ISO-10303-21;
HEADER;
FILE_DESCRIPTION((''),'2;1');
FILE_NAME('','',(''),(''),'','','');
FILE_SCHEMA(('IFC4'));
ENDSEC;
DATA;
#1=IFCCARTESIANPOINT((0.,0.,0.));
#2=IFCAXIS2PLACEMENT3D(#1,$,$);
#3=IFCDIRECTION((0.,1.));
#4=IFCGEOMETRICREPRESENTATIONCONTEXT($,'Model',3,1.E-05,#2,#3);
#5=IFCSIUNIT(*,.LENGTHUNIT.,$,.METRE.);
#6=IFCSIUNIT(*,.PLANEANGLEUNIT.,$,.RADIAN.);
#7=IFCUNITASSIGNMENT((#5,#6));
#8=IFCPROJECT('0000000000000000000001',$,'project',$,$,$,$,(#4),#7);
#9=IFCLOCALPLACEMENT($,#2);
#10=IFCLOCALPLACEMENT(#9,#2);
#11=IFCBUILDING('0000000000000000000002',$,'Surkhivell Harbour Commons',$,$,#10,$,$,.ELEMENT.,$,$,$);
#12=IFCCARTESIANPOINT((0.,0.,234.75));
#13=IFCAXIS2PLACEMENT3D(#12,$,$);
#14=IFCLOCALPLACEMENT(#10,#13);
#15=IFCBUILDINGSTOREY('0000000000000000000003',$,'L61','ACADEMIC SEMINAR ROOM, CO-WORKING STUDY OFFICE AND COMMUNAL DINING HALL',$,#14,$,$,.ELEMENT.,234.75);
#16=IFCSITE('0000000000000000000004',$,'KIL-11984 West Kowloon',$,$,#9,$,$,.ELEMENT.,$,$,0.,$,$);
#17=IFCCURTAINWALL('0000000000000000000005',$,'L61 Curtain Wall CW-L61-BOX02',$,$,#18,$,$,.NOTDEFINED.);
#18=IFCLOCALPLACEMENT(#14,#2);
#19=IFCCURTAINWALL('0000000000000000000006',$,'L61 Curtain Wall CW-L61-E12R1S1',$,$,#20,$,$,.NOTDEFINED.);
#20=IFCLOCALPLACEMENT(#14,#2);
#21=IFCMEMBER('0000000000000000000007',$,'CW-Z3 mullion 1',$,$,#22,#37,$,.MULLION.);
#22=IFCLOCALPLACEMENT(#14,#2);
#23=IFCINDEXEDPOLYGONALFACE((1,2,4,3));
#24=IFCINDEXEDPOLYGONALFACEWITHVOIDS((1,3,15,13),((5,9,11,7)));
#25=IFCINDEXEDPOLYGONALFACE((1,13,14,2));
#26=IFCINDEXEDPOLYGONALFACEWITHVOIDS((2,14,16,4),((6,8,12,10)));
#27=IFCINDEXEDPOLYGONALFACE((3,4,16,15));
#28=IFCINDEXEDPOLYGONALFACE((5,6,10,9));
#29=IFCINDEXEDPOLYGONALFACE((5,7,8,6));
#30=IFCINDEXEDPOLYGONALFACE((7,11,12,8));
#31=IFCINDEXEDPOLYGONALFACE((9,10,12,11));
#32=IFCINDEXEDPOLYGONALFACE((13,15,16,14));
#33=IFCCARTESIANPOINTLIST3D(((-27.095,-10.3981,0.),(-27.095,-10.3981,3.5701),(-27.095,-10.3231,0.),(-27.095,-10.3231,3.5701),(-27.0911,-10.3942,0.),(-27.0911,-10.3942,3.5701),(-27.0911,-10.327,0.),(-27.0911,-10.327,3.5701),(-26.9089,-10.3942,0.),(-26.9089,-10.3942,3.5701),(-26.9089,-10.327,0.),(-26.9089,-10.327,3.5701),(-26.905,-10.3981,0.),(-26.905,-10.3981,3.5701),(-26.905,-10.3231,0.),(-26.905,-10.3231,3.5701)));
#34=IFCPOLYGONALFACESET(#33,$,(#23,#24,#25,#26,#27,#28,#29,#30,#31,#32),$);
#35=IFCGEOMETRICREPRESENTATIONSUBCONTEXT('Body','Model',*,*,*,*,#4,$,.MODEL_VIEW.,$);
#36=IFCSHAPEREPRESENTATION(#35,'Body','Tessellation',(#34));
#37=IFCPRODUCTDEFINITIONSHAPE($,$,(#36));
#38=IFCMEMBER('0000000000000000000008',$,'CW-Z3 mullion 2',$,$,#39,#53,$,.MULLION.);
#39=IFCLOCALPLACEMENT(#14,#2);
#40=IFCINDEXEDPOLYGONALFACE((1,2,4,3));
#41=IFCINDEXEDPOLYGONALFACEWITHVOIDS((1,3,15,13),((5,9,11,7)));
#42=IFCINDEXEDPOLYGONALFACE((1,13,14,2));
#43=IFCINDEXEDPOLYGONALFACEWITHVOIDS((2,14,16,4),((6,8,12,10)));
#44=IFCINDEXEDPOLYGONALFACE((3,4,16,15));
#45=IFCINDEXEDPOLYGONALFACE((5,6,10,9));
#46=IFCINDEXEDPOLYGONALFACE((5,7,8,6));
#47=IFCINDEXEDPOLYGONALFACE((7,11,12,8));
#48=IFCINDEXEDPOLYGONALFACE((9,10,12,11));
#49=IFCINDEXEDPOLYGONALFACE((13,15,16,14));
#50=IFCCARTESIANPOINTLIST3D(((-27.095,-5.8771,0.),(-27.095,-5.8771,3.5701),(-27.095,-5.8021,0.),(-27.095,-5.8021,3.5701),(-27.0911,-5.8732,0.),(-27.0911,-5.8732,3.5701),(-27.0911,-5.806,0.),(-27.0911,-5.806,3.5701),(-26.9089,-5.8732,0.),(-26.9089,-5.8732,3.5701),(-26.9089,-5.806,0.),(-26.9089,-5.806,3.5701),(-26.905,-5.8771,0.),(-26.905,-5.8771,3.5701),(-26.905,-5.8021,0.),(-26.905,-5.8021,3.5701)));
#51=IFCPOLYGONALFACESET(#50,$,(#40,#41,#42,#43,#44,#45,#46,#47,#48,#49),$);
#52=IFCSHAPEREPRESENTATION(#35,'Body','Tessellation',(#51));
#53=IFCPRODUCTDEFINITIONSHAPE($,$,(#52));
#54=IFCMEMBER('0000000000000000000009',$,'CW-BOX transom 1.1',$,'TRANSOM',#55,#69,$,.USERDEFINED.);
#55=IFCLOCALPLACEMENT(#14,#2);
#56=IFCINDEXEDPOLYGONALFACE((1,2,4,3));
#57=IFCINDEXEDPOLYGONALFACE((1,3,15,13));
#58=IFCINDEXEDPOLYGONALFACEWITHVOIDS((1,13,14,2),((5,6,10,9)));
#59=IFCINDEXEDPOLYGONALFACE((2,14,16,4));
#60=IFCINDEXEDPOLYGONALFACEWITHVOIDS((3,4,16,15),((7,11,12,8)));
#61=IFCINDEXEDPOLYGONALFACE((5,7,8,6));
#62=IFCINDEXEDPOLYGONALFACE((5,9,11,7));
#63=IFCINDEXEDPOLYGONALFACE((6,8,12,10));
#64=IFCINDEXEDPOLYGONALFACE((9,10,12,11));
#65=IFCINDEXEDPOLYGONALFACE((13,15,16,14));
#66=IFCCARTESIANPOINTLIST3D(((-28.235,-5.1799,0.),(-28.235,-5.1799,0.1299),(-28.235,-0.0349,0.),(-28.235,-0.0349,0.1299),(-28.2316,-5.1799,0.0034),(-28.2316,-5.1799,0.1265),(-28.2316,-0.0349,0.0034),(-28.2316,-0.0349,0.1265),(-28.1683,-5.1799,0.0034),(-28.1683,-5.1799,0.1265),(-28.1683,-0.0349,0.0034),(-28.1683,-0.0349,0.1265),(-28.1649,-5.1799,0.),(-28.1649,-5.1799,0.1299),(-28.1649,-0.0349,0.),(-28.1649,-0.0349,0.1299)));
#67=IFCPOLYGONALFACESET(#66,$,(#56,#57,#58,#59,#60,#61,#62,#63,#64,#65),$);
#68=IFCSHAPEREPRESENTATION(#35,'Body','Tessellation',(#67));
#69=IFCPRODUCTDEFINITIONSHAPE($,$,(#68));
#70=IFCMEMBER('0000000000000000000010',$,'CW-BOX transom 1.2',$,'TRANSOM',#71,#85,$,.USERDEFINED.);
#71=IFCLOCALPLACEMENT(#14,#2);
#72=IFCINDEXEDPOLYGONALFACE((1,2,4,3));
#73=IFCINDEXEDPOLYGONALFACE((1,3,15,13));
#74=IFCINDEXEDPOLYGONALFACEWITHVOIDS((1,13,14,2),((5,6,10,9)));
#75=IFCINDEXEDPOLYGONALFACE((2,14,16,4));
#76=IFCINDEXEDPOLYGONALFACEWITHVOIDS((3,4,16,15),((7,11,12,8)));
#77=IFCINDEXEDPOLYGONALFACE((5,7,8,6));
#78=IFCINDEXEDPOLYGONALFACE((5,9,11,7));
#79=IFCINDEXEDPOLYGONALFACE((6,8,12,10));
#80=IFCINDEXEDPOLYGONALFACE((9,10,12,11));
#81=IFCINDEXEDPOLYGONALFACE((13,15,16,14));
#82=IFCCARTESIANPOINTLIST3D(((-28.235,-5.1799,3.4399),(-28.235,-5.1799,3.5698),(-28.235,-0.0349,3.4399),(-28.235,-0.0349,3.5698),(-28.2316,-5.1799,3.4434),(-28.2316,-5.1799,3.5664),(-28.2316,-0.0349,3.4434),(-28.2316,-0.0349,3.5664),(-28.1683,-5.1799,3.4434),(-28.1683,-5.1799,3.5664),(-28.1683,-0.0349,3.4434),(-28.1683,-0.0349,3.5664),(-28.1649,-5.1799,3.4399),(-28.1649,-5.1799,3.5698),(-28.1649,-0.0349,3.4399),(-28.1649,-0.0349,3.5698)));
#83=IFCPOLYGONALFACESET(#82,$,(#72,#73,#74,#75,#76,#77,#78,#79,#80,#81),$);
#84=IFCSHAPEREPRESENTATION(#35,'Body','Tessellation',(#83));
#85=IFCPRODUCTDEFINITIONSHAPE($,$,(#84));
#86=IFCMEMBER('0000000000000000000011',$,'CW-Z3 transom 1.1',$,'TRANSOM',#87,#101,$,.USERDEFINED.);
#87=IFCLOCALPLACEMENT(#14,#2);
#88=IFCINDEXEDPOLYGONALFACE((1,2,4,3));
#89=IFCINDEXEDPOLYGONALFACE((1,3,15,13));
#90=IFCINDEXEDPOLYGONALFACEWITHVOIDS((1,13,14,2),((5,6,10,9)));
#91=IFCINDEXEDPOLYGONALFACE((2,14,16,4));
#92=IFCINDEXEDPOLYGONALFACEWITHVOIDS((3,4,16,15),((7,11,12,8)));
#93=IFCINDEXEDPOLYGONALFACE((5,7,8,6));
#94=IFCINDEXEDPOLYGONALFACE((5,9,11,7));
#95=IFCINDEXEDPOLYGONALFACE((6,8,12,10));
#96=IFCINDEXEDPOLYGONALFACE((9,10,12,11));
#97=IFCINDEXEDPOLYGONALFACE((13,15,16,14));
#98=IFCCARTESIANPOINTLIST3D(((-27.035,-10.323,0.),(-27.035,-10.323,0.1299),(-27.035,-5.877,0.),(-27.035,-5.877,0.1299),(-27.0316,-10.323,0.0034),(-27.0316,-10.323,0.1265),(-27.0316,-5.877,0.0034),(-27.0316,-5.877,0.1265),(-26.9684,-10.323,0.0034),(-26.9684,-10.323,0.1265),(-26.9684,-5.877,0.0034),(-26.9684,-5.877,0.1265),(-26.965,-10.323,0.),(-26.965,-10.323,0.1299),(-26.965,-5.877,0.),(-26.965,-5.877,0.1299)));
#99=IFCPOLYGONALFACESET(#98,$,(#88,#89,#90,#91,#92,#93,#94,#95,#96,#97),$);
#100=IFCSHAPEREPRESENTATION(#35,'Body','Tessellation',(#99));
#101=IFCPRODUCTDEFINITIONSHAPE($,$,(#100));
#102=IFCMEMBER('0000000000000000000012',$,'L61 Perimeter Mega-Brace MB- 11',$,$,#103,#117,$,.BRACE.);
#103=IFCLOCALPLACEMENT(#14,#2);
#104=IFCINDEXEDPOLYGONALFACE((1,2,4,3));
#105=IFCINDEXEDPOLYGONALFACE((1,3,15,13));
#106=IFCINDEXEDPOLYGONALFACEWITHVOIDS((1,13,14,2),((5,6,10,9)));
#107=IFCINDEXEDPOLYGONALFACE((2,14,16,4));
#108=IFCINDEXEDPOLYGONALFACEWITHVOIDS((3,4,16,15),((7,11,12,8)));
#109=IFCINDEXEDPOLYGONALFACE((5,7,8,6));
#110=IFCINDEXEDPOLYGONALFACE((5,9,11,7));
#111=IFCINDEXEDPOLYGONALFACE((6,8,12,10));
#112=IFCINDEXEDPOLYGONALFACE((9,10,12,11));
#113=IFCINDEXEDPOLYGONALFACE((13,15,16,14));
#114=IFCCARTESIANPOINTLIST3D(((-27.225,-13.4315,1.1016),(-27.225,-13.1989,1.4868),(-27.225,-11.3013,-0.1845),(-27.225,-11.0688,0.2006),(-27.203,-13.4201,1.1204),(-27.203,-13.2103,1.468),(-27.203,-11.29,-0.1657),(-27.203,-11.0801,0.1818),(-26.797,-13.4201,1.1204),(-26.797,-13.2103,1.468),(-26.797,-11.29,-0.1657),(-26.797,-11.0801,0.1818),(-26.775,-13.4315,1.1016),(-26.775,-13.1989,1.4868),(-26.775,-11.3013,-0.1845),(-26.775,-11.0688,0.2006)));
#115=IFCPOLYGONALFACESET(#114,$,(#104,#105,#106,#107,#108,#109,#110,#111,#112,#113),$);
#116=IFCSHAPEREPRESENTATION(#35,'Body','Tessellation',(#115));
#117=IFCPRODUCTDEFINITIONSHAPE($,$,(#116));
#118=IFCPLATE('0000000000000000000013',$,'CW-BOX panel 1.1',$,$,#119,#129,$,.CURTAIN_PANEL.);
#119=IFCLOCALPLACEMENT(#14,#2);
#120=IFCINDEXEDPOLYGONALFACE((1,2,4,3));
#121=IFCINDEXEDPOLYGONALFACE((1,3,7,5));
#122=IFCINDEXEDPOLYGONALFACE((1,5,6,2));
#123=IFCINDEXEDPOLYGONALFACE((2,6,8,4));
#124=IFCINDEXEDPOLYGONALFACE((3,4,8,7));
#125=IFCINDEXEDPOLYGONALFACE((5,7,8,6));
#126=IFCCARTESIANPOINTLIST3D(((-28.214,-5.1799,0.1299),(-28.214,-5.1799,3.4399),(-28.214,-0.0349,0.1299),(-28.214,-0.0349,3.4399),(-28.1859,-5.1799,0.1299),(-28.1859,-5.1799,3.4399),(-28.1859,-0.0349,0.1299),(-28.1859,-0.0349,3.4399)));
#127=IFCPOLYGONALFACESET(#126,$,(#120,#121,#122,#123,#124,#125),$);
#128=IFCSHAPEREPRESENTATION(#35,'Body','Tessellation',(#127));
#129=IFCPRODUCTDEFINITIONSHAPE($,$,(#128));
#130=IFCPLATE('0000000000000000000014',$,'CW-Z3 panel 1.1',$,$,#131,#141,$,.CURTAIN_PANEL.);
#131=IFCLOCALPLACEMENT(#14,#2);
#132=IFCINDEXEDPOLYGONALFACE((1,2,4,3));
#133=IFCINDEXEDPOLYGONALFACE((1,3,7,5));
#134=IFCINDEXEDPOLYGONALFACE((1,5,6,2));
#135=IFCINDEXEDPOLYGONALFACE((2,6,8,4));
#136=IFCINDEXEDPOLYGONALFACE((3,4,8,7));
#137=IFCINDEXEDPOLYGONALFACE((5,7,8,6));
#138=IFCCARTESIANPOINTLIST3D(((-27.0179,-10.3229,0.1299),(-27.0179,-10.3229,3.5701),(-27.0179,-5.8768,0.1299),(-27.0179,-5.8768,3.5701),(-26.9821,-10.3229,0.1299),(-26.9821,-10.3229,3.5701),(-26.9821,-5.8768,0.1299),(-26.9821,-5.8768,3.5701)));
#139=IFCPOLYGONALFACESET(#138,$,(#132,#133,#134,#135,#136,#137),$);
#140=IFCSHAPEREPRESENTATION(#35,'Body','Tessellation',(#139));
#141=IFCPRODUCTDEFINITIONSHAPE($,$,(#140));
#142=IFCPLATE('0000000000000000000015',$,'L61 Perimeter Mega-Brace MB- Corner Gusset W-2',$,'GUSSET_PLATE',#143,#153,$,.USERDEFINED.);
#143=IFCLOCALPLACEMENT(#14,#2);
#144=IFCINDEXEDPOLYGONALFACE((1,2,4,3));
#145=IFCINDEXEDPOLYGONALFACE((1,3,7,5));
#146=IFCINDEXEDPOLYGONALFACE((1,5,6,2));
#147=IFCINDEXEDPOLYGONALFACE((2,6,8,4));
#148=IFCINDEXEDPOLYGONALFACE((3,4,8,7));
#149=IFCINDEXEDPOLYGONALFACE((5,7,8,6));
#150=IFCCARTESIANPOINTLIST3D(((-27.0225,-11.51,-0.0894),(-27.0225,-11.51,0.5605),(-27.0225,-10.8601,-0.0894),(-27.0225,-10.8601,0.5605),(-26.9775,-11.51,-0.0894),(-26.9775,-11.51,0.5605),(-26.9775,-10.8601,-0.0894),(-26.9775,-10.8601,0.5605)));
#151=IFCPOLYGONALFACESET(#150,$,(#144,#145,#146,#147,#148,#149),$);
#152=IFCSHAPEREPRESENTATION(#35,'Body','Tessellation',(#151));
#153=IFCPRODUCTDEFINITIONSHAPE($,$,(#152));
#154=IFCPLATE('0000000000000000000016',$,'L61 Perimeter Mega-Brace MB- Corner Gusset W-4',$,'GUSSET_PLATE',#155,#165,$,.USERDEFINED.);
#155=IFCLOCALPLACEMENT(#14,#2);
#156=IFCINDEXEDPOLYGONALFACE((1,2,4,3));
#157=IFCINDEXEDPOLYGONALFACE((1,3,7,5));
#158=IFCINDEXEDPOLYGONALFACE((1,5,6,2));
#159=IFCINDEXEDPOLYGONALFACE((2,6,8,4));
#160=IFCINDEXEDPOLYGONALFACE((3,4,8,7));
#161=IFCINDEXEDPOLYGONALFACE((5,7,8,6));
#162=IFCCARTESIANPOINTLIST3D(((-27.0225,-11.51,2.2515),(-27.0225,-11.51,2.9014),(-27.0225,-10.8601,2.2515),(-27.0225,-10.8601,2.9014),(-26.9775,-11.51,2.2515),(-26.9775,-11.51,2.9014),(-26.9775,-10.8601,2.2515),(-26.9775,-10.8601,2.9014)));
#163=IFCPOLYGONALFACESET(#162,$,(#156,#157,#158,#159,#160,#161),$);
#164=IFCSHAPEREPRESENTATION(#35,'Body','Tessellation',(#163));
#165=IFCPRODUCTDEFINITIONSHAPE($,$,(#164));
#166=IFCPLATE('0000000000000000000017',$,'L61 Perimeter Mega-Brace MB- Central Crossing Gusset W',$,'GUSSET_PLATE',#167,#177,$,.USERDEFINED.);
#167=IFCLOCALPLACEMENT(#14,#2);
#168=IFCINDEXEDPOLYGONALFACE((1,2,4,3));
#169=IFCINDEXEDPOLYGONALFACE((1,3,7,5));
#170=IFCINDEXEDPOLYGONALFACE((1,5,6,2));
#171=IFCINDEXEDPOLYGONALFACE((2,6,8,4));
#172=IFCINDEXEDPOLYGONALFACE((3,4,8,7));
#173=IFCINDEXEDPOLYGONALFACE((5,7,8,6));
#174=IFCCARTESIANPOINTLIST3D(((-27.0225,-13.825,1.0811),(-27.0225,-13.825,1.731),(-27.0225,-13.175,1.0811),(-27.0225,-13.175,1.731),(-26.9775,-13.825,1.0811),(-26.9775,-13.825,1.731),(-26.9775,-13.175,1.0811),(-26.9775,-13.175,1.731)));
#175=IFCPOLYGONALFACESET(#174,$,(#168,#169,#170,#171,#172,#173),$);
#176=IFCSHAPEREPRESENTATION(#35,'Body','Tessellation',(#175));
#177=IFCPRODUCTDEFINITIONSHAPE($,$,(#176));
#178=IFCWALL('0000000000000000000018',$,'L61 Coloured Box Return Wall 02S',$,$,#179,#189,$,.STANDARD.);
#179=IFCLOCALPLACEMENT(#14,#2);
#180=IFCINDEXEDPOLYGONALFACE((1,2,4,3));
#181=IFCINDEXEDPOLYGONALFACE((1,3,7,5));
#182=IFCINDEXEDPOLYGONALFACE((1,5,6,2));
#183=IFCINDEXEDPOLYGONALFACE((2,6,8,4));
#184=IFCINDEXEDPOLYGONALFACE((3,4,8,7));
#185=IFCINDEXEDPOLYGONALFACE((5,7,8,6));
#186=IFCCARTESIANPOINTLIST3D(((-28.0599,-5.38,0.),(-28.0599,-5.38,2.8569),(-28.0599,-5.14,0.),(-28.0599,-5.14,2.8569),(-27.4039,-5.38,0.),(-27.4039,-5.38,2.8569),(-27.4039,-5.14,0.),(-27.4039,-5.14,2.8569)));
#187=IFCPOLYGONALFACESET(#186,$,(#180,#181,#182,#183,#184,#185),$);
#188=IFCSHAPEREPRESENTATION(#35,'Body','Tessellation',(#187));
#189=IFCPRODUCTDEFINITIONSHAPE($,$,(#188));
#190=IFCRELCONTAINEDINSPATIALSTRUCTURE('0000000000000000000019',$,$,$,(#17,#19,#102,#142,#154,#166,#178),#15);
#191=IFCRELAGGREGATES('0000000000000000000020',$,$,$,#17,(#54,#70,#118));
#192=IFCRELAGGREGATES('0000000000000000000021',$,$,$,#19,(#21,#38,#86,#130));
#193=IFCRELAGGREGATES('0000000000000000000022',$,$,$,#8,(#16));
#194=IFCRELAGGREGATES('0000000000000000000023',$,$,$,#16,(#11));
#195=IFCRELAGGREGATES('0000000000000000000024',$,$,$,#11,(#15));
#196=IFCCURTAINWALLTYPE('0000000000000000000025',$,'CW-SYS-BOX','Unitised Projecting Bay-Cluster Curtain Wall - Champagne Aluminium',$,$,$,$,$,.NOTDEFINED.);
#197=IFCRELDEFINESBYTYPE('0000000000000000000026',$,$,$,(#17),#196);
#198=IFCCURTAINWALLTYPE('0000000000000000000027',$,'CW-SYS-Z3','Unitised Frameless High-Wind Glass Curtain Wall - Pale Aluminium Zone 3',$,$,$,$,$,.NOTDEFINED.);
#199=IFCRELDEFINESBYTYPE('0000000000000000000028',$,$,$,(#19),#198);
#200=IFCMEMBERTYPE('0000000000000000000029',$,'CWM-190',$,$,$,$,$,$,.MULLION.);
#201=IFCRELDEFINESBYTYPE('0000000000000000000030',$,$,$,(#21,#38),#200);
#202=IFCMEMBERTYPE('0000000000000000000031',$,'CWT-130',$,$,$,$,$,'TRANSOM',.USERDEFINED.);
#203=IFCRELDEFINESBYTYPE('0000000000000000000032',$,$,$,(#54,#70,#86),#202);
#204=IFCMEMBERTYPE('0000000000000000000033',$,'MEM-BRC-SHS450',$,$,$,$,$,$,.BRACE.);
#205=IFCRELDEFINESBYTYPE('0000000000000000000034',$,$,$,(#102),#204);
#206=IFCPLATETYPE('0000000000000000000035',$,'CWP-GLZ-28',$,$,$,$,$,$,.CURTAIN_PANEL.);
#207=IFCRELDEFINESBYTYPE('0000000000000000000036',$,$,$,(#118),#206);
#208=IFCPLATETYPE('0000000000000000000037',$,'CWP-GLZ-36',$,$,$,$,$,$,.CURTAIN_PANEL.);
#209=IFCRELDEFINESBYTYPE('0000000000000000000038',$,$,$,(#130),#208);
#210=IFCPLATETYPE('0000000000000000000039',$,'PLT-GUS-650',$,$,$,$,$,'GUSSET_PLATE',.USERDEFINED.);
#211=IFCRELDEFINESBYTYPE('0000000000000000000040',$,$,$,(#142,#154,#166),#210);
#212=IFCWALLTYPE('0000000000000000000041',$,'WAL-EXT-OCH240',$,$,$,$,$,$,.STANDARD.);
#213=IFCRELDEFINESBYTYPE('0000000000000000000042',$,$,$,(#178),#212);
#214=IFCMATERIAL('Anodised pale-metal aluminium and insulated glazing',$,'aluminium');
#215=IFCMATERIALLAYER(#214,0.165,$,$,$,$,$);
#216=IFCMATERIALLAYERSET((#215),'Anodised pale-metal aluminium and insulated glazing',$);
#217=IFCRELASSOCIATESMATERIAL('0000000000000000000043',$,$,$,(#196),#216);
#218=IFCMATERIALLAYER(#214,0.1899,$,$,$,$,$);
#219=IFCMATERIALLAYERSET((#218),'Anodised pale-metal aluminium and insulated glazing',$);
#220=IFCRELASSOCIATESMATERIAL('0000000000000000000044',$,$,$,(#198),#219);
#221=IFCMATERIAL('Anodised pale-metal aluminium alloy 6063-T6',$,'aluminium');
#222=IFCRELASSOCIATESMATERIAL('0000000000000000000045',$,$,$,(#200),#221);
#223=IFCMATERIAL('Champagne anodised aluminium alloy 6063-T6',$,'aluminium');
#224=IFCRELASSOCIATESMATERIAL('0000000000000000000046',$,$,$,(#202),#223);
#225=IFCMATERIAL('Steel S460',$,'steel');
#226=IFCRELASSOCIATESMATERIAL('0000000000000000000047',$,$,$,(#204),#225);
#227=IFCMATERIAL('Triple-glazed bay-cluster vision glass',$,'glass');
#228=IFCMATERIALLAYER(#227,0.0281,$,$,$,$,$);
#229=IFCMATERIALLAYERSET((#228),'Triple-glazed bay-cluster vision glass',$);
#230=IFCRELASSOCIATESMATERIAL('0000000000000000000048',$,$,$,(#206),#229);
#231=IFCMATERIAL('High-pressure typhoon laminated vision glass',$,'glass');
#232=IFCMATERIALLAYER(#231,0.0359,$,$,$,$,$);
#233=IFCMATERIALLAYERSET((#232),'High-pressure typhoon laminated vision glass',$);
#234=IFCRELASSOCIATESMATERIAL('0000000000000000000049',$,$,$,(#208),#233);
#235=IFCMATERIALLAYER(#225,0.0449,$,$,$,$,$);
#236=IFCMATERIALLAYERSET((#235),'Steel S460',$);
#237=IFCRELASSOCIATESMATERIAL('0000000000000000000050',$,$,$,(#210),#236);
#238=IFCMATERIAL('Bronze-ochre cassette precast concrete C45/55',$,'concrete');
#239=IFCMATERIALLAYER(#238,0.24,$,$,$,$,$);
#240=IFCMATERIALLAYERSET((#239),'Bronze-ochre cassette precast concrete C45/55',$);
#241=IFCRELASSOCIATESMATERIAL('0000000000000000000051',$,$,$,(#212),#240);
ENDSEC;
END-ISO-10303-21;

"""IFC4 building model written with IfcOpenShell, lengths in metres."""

from ifc_helpers import new_model, si_unit, direction, frame, frame_2d, origin, origin_2d, place, context, subcontext, project, spatial, rectangle, hollow_rectangle, extrude, material, layer, layer_set, material_profile, profile_set, type_object, element, aggregate, save


model = new_model("IFC4")

# Units and contexts
model_context = context("Model", 3, precision=1e-05, world=origin(), true_north=direction((0.0, 1.0)))
body_context = subcontext(model_context, "Body", "Model", "MODEL_VIEW")
ifc_project = project(units=[si_unit("LENGTHUNIT", "METRE"), si_unit("PLANEANGLEUNIT", "RADIAN")], contexts=[model_context])

# Site, building, storey
site_placement = place(None, origin())
site = spatial("IfcSite", under=ifc_project, at=site_placement, Name="KIL-11984 West Kowloon", CompositionType="ELEMENT", RefElevation=0.0)
building_placement = place(site_placement, origin())
building = spatial("IfcBuilding", under=site, at=building_placement, Name="Surkhivell Harbour Commons", CompositionType="ELEMENT")
storey_placement = place(building_placement, frame((0.0, 0.0, 234.75)))
storey = spatial("IfcBuildingStorey", under=building, at=storey_placement, Name="L61", Description="ACADEMIC SEMINAR ROOM, CO-WORKING STUDY OFFICE AND COMMUNAL DINING HALL", CompositionType="ELEMENT", Elevation=234.75)

# Shared definitions
ifc_material_1 = material(Name="Steel S460", Category="steel")

# Curtain wall
ifc_material_2 = material(Name="Anodised pale-metal aluminium and insulated glazing", Category="aluminium")
ifc_layer_1 = layer(ifc_material_2, 0.165)
ifc_layer_set_1 = layer_set([ifc_layer_1], Name="Anodised pale-metal aluminium and insulated glazing")
curtain_wall_type_1 = type_object("IfcCurtainWallType", Name="CW-SYS-BOX", Description="Unitised Projecting Bay-Cluster Curtain Wall - Champagne Aluminium", PredefinedType="NOTDEFINED", material=ifc_layer_set_1)
curtain_wall_1_placement = place(storey_placement, origin())
curtain_wall_1 = element("IfcCurtainWall", 1, at=curtain_wall_1_placement, inside=storey, type_object=curtain_wall_type_1, Name="L61 Curtain Wall CW-L61-BOX02", PredefinedType="NOTDEFINED")
ifc_material_3 = material(Name="Champagne anodised aluminium alloy 6063-T6", Category="aluminium")

# Curtain wall, members
ifc_layer_2 = layer(ifc_material_2, 0.1899)
ifc_layer_set_2 = layer_set([ifc_layer_2], Name="Anodised pale-metal aluminium and insulated glazing")
curtain_wall_type_2 = type_object("IfcCurtainWallType", Name="CW-SYS-Z3", Description="Unitised Frameless High-Wind Glass Curtain Wall - Pale Aluminium Zone 3", PredefinedType="NOTDEFINED", material=ifc_layer_set_2)
curtain_wall_2_placement = place(storey_placement, origin())
curtain_wall_2 = element("IfcCurtainWall", 2, at=curtain_wall_2_placement, inside=storey, type_object=curtain_wall_type_2, Name="L61 Curtain Wall CW-L61-E12R1S1", PredefinedType="NOTDEFINED")
ifc_material_4 = material(Name="Anodised pale-metal aluminium alloy 6063-T6", Category="aluminium")
ifc_material_profile_1 = material_profile(ifc_material_4, hollow_rectangle(XDim=0.075, YDim=0.1899, WallThickness=0.0039, at=origin_2d()), Name="ALU-MULL-75x190")
ifc_profile_set_1 = profile_set([ifc_material_profile_1], Name="Anodised pale-metal aluminium alloy 6063-T6")
member_type_1 = type_object("IfcMemberType", Name="CWM-190", PredefinedType="MULLION", material=ifc_profile_set_1)
member_1_placement = place(storey_placement, frame((-27.0, -10.3606, 0.0), z_axis=(0.0, 0.0, 1.0), x_axis=(0.0, 1.0, 0.0)))
member_1 = element("IfcMember", 3, at=member_1_placement, type_object=member_type_1, Name="CW-Z3 mullion 1", PredefinedType="MULLION", context=body_context, shape_type="SweptSolid", body=[
    extrude(hollow_rectangle(XDim=0.075, YDim=0.1899, WallThickness=0.0039, at=origin_2d()), origin(), (0.0, 0.0, 1.0), 3.5701),
])
member_2_placement = place(storey_placement, frame((-27.0, -5.8396, 0.0), z_axis=(0.0, 0.0, 1.0), x_axis=(0.0, 1.0, 0.0)))
member_2 = element("IfcMember", 4, at=member_2_placement, type_object=member_type_1, Name="CW-Z3 mullion 2", PredefinedType="MULLION", context=body_context, shape_type="SweptSolid", body=[
    extrude(hollow_rectangle(XDim=0.075, YDim=0.1899, WallThickness=0.0039, at=origin_2d()), origin(), (0.0, 0.0, 1.0), 3.5701),
])

# Members
ifc_material_profile_2 = material_profile(ifc_material_3, hollow_rectangle(XDim=0.0701, YDim=0.1299, WallThickness=0.0034, at=origin_2d()), Name="ALU-TRAN-70x130")
ifc_profile_set_2 = profile_set([ifc_material_profile_2], Name="Champagne anodised aluminium alloy 6063-T6")
member_type_2 = type_object("IfcMemberType", Name="CWT-130", ElementType="TRANSOM", PredefinedType="USERDEFINED", material=ifc_profile_set_2)
member_3_placement = place(storey_placement, frame((-28.2, -5.1799, 0.0649), z_axis=(0.0, 1.0, 0.0), x_axis=(-1.0, 0.0, 0.0)))
member_3 = element("IfcMember", 5, at=member_3_placement, type_object=member_type_2, Name="CW-BOX transom 1.1", ObjectType="TRANSOM", PredefinedType="USERDEFINED", context=body_context, shape_type="SweptSolid", body=[
    extrude(hollow_rectangle(XDim=0.0701, YDim=0.1299, WallThickness=0.0034, at=origin_2d()), origin(), (0.0, 0.0, 1.0), 5.145),
])
member_4_placement = place(storey_placement, frame((-28.2, -5.1799, 3.5049), z_axis=(0.0, 1.0, 0.0), x_axis=(-1.0, 0.0, 0.0)))
member_4 = element("IfcMember", 6, at=member_4_placement, type_object=member_type_2, Name="CW-BOX transom 1.2", ObjectType="TRANSOM", PredefinedType="USERDEFINED", context=body_context, shape_type="SweptSolid", body=[
    extrude(hollow_rectangle(XDim=0.0701, YDim=0.1299, WallThickness=0.0034, at=origin_2d()), origin(), (0.0, 0.0, 1.0), 5.145),
])
member_5_placement = place(storey_placement, frame((-27.0, -10.323, 0.0649), z_axis=(0.0, 1.0, 0.0), x_axis=(-1.0, 0.0, 0.0)))
member_5 = element("IfcMember", 7, at=member_5_placement, type_object=member_type_2, Name="CW-Z3 transom 1.1", ObjectType="TRANSOM", PredefinedType="USERDEFINED", context=body_context, shape_type="SweptSolid", body=[
    extrude(hollow_rectangle(XDim=0.0701, YDim=0.1299, WallThickness=0.0034, at=origin_2d()), origin(), (0.0, 0.0, 1.0), 4.446),
])
ifc_material_profile_3 = material_profile(ifc_material_1, hollow_rectangle(XDim=0.45, YDim=0.45, WallThickness=0.022, at=origin_2d()), Name="SHS450x450x22")
ifc_profile_set_3 = profile_set([ifc_material_profile_3], Name="Steel S460")
member_type_3 = type_object("IfcMemberType", Name="MEM-BRC-SHS450", PredefinedType="BRACE", material=ifc_profile_set_3)
member_6_placement = place(storey_placement, frame((-27.0, -11.1851, 0.0081), z_axis=(0.0, -0.856061, 0.516875), x_axis=(1.0, 0.0, 0.0)))
element("IfcMember", 8, at=member_6_placement, inside=storey, type_object=member_type_3, Name="L61 Perimeter Mega-Brace MB- 11", PredefinedType="BRACE", context=body_context, shape_type="SweptSolid", body=[
    extrude(hollow_rectangle(XDim=0.45, YDim=0.45, WallThickness=0.022, at=origin_2d()), origin(), (0.0, 0.0, 1.0), 2.4883),
])

# Plates
ifc_material_5 = material(Name="Triple-glazed bay-cluster vision glass", Category="glass")
ifc_layer_3 = layer(ifc_material_5, 0.0281)
ifc_layer_set_3 = layer_set([ifc_layer_3], Name="Triple-glazed bay-cluster vision glass")
plate_type_1 = type_object("IfcPlateType", Name="CWP-GLZ-28", PredefinedType="CURTAIN_PANEL", material=ifc_layer_set_3)
plate_1_placement = place(storey_placement, frame((-28.2, -5.1799, 0.1299), z_axis=(0.0, 0.0, 1.0), x_axis=(0.0, 1.0, 0.0)))
plate_1 = element("IfcPlate", 9, at=plate_1_placement, type_object=plate_type_1, Name="CW-BOX panel 1.1", PredefinedType="CURTAIN_PANEL", context=body_context, shape_type="SweptSolid", body=[
    extrude(rectangle(XDim=5.145, YDim=0.0281, at=frame_2d((2.5725, 0.0))), origin(), (0.0, 0.0, 1.0), 3.3101),
])
aggregate(curtain_wall_1, [member_3, member_4, plate_1])
ifc_material_6 = material(Name="High-pressure typhoon laminated vision glass", Category="glass")
ifc_layer_4 = layer(ifc_material_6, 0.0359)
ifc_layer_set_4 = layer_set([ifc_layer_4], Name="High-pressure typhoon laminated vision glass")
plate_type_2 = type_object("IfcPlateType", Name="CWP-GLZ-36", PredefinedType="CURTAIN_PANEL", material=ifc_layer_set_4)
plate_2_placement = place(storey_placement, frame((-27.0, -10.323, 0.1299), z_axis=(0.0, 0.0, 1.0), x_axis=(0.0, 1.0, 0.0)))
plate_2 = element("IfcPlate", 10, at=plate_2_placement, type_object=plate_type_2, Name="CW-Z3 panel 1.1", PredefinedType="CURTAIN_PANEL", context=body_context, shape_type="SweptSolid", body=[
    extrude(rectangle(XDim=4.446, YDim=0.0359, at=frame_2d((2.2231, 0.0))), origin(), (0.0, 0.0, 1.0), 3.4402),
])
aggregate(curtain_wall_2, [member_1, member_2, member_5, plate_2])

# Plates
ifc_layer_5 = layer(ifc_material_1, 0.0449)
ifc_layer_set_5 = layer_set([ifc_layer_5], Name="Steel S460")
plate_type_3 = type_object("IfcPlateType", Name="PLT-GUS-650", ElementType="GUSSET_PLATE", PredefinedType="USERDEFINED", material=ifc_layer_set_5)
for number, where, z_axis, x_axis, name in (
    (11, (-27.0, -11.1851, -0.0894), (0.0, 0.0, 1.0), (0.0, 1.0, 0.0), "L61 Perimeter Mega-Brace MB- Corner Gusset W-2"),
    (12, (-27.0, -11.1851, 2.2515), (0.0, 0.0, 1.0), (0.0, 1.0, 0.0), "L61 Perimeter Mega-Brace MB- Corner Gusset W-4"),
    (13, (-27.0, -13.5, 1.0811), (0.0, 0.0, 1.0), (0.0, 1.0, 0.0), "L61 Perimeter Mega-Brace MB- Central Crossing Gusset W"),
):
    element("IfcPlate", number, at=place(storey_placement, frame(where, z_axis=z_axis, x_axis=x_axis)), inside=storey, type_object=plate_type_3, Name=name, ObjectType="GUSSET_PLATE", PredefinedType="USERDEFINED", context=body_context, shape_type="SweptSolid", body=[
        extrude(rectangle(XDim=0.6499, YDim=0.0449, at=origin_2d()), origin(), (0.0, 0.0, 1.0), 0.6499),
    ])

# Wall
ifc_material_7 = material(Name="Bronze-ochre cassette precast concrete C45/55", Category="concrete")
ifc_layer_6 = layer(ifc_material_7, 0.24)
ifc_layer_set_6 = layer_set([ifc_layer_6], Name="Bronze-ochre cassette precast concrete C45/55")
wall_type_1 = type_object("IfcWallType", Name="WAL-EXT-OCH240", PredefinedType="STANDARD", material=ifc_layer_set_6)
wall_1_placement = place(storey_placement, frame((-28.0601, -5.26, 0.0), z_axis=(0.0, 0.0, 1.0), x_axis=(1.0, 0.0, 0.0)))
element("IfcWall", 14, at=wall_1_placement, inside=storey, type_object=wall_type_1, Name="L61 Coloured Box Return Wall 02S", PredefinedType="STANDARD", context=body_context, shape_type="SweptSolid", body=[
    extrude(rectangle(XDim=0.656, YDim=0.24, at=frame_2d((0.3281, 0.0))), origin(), (0.0, 0.0, 1.0), 2.8569),
])

save(model, "model.ifc")
